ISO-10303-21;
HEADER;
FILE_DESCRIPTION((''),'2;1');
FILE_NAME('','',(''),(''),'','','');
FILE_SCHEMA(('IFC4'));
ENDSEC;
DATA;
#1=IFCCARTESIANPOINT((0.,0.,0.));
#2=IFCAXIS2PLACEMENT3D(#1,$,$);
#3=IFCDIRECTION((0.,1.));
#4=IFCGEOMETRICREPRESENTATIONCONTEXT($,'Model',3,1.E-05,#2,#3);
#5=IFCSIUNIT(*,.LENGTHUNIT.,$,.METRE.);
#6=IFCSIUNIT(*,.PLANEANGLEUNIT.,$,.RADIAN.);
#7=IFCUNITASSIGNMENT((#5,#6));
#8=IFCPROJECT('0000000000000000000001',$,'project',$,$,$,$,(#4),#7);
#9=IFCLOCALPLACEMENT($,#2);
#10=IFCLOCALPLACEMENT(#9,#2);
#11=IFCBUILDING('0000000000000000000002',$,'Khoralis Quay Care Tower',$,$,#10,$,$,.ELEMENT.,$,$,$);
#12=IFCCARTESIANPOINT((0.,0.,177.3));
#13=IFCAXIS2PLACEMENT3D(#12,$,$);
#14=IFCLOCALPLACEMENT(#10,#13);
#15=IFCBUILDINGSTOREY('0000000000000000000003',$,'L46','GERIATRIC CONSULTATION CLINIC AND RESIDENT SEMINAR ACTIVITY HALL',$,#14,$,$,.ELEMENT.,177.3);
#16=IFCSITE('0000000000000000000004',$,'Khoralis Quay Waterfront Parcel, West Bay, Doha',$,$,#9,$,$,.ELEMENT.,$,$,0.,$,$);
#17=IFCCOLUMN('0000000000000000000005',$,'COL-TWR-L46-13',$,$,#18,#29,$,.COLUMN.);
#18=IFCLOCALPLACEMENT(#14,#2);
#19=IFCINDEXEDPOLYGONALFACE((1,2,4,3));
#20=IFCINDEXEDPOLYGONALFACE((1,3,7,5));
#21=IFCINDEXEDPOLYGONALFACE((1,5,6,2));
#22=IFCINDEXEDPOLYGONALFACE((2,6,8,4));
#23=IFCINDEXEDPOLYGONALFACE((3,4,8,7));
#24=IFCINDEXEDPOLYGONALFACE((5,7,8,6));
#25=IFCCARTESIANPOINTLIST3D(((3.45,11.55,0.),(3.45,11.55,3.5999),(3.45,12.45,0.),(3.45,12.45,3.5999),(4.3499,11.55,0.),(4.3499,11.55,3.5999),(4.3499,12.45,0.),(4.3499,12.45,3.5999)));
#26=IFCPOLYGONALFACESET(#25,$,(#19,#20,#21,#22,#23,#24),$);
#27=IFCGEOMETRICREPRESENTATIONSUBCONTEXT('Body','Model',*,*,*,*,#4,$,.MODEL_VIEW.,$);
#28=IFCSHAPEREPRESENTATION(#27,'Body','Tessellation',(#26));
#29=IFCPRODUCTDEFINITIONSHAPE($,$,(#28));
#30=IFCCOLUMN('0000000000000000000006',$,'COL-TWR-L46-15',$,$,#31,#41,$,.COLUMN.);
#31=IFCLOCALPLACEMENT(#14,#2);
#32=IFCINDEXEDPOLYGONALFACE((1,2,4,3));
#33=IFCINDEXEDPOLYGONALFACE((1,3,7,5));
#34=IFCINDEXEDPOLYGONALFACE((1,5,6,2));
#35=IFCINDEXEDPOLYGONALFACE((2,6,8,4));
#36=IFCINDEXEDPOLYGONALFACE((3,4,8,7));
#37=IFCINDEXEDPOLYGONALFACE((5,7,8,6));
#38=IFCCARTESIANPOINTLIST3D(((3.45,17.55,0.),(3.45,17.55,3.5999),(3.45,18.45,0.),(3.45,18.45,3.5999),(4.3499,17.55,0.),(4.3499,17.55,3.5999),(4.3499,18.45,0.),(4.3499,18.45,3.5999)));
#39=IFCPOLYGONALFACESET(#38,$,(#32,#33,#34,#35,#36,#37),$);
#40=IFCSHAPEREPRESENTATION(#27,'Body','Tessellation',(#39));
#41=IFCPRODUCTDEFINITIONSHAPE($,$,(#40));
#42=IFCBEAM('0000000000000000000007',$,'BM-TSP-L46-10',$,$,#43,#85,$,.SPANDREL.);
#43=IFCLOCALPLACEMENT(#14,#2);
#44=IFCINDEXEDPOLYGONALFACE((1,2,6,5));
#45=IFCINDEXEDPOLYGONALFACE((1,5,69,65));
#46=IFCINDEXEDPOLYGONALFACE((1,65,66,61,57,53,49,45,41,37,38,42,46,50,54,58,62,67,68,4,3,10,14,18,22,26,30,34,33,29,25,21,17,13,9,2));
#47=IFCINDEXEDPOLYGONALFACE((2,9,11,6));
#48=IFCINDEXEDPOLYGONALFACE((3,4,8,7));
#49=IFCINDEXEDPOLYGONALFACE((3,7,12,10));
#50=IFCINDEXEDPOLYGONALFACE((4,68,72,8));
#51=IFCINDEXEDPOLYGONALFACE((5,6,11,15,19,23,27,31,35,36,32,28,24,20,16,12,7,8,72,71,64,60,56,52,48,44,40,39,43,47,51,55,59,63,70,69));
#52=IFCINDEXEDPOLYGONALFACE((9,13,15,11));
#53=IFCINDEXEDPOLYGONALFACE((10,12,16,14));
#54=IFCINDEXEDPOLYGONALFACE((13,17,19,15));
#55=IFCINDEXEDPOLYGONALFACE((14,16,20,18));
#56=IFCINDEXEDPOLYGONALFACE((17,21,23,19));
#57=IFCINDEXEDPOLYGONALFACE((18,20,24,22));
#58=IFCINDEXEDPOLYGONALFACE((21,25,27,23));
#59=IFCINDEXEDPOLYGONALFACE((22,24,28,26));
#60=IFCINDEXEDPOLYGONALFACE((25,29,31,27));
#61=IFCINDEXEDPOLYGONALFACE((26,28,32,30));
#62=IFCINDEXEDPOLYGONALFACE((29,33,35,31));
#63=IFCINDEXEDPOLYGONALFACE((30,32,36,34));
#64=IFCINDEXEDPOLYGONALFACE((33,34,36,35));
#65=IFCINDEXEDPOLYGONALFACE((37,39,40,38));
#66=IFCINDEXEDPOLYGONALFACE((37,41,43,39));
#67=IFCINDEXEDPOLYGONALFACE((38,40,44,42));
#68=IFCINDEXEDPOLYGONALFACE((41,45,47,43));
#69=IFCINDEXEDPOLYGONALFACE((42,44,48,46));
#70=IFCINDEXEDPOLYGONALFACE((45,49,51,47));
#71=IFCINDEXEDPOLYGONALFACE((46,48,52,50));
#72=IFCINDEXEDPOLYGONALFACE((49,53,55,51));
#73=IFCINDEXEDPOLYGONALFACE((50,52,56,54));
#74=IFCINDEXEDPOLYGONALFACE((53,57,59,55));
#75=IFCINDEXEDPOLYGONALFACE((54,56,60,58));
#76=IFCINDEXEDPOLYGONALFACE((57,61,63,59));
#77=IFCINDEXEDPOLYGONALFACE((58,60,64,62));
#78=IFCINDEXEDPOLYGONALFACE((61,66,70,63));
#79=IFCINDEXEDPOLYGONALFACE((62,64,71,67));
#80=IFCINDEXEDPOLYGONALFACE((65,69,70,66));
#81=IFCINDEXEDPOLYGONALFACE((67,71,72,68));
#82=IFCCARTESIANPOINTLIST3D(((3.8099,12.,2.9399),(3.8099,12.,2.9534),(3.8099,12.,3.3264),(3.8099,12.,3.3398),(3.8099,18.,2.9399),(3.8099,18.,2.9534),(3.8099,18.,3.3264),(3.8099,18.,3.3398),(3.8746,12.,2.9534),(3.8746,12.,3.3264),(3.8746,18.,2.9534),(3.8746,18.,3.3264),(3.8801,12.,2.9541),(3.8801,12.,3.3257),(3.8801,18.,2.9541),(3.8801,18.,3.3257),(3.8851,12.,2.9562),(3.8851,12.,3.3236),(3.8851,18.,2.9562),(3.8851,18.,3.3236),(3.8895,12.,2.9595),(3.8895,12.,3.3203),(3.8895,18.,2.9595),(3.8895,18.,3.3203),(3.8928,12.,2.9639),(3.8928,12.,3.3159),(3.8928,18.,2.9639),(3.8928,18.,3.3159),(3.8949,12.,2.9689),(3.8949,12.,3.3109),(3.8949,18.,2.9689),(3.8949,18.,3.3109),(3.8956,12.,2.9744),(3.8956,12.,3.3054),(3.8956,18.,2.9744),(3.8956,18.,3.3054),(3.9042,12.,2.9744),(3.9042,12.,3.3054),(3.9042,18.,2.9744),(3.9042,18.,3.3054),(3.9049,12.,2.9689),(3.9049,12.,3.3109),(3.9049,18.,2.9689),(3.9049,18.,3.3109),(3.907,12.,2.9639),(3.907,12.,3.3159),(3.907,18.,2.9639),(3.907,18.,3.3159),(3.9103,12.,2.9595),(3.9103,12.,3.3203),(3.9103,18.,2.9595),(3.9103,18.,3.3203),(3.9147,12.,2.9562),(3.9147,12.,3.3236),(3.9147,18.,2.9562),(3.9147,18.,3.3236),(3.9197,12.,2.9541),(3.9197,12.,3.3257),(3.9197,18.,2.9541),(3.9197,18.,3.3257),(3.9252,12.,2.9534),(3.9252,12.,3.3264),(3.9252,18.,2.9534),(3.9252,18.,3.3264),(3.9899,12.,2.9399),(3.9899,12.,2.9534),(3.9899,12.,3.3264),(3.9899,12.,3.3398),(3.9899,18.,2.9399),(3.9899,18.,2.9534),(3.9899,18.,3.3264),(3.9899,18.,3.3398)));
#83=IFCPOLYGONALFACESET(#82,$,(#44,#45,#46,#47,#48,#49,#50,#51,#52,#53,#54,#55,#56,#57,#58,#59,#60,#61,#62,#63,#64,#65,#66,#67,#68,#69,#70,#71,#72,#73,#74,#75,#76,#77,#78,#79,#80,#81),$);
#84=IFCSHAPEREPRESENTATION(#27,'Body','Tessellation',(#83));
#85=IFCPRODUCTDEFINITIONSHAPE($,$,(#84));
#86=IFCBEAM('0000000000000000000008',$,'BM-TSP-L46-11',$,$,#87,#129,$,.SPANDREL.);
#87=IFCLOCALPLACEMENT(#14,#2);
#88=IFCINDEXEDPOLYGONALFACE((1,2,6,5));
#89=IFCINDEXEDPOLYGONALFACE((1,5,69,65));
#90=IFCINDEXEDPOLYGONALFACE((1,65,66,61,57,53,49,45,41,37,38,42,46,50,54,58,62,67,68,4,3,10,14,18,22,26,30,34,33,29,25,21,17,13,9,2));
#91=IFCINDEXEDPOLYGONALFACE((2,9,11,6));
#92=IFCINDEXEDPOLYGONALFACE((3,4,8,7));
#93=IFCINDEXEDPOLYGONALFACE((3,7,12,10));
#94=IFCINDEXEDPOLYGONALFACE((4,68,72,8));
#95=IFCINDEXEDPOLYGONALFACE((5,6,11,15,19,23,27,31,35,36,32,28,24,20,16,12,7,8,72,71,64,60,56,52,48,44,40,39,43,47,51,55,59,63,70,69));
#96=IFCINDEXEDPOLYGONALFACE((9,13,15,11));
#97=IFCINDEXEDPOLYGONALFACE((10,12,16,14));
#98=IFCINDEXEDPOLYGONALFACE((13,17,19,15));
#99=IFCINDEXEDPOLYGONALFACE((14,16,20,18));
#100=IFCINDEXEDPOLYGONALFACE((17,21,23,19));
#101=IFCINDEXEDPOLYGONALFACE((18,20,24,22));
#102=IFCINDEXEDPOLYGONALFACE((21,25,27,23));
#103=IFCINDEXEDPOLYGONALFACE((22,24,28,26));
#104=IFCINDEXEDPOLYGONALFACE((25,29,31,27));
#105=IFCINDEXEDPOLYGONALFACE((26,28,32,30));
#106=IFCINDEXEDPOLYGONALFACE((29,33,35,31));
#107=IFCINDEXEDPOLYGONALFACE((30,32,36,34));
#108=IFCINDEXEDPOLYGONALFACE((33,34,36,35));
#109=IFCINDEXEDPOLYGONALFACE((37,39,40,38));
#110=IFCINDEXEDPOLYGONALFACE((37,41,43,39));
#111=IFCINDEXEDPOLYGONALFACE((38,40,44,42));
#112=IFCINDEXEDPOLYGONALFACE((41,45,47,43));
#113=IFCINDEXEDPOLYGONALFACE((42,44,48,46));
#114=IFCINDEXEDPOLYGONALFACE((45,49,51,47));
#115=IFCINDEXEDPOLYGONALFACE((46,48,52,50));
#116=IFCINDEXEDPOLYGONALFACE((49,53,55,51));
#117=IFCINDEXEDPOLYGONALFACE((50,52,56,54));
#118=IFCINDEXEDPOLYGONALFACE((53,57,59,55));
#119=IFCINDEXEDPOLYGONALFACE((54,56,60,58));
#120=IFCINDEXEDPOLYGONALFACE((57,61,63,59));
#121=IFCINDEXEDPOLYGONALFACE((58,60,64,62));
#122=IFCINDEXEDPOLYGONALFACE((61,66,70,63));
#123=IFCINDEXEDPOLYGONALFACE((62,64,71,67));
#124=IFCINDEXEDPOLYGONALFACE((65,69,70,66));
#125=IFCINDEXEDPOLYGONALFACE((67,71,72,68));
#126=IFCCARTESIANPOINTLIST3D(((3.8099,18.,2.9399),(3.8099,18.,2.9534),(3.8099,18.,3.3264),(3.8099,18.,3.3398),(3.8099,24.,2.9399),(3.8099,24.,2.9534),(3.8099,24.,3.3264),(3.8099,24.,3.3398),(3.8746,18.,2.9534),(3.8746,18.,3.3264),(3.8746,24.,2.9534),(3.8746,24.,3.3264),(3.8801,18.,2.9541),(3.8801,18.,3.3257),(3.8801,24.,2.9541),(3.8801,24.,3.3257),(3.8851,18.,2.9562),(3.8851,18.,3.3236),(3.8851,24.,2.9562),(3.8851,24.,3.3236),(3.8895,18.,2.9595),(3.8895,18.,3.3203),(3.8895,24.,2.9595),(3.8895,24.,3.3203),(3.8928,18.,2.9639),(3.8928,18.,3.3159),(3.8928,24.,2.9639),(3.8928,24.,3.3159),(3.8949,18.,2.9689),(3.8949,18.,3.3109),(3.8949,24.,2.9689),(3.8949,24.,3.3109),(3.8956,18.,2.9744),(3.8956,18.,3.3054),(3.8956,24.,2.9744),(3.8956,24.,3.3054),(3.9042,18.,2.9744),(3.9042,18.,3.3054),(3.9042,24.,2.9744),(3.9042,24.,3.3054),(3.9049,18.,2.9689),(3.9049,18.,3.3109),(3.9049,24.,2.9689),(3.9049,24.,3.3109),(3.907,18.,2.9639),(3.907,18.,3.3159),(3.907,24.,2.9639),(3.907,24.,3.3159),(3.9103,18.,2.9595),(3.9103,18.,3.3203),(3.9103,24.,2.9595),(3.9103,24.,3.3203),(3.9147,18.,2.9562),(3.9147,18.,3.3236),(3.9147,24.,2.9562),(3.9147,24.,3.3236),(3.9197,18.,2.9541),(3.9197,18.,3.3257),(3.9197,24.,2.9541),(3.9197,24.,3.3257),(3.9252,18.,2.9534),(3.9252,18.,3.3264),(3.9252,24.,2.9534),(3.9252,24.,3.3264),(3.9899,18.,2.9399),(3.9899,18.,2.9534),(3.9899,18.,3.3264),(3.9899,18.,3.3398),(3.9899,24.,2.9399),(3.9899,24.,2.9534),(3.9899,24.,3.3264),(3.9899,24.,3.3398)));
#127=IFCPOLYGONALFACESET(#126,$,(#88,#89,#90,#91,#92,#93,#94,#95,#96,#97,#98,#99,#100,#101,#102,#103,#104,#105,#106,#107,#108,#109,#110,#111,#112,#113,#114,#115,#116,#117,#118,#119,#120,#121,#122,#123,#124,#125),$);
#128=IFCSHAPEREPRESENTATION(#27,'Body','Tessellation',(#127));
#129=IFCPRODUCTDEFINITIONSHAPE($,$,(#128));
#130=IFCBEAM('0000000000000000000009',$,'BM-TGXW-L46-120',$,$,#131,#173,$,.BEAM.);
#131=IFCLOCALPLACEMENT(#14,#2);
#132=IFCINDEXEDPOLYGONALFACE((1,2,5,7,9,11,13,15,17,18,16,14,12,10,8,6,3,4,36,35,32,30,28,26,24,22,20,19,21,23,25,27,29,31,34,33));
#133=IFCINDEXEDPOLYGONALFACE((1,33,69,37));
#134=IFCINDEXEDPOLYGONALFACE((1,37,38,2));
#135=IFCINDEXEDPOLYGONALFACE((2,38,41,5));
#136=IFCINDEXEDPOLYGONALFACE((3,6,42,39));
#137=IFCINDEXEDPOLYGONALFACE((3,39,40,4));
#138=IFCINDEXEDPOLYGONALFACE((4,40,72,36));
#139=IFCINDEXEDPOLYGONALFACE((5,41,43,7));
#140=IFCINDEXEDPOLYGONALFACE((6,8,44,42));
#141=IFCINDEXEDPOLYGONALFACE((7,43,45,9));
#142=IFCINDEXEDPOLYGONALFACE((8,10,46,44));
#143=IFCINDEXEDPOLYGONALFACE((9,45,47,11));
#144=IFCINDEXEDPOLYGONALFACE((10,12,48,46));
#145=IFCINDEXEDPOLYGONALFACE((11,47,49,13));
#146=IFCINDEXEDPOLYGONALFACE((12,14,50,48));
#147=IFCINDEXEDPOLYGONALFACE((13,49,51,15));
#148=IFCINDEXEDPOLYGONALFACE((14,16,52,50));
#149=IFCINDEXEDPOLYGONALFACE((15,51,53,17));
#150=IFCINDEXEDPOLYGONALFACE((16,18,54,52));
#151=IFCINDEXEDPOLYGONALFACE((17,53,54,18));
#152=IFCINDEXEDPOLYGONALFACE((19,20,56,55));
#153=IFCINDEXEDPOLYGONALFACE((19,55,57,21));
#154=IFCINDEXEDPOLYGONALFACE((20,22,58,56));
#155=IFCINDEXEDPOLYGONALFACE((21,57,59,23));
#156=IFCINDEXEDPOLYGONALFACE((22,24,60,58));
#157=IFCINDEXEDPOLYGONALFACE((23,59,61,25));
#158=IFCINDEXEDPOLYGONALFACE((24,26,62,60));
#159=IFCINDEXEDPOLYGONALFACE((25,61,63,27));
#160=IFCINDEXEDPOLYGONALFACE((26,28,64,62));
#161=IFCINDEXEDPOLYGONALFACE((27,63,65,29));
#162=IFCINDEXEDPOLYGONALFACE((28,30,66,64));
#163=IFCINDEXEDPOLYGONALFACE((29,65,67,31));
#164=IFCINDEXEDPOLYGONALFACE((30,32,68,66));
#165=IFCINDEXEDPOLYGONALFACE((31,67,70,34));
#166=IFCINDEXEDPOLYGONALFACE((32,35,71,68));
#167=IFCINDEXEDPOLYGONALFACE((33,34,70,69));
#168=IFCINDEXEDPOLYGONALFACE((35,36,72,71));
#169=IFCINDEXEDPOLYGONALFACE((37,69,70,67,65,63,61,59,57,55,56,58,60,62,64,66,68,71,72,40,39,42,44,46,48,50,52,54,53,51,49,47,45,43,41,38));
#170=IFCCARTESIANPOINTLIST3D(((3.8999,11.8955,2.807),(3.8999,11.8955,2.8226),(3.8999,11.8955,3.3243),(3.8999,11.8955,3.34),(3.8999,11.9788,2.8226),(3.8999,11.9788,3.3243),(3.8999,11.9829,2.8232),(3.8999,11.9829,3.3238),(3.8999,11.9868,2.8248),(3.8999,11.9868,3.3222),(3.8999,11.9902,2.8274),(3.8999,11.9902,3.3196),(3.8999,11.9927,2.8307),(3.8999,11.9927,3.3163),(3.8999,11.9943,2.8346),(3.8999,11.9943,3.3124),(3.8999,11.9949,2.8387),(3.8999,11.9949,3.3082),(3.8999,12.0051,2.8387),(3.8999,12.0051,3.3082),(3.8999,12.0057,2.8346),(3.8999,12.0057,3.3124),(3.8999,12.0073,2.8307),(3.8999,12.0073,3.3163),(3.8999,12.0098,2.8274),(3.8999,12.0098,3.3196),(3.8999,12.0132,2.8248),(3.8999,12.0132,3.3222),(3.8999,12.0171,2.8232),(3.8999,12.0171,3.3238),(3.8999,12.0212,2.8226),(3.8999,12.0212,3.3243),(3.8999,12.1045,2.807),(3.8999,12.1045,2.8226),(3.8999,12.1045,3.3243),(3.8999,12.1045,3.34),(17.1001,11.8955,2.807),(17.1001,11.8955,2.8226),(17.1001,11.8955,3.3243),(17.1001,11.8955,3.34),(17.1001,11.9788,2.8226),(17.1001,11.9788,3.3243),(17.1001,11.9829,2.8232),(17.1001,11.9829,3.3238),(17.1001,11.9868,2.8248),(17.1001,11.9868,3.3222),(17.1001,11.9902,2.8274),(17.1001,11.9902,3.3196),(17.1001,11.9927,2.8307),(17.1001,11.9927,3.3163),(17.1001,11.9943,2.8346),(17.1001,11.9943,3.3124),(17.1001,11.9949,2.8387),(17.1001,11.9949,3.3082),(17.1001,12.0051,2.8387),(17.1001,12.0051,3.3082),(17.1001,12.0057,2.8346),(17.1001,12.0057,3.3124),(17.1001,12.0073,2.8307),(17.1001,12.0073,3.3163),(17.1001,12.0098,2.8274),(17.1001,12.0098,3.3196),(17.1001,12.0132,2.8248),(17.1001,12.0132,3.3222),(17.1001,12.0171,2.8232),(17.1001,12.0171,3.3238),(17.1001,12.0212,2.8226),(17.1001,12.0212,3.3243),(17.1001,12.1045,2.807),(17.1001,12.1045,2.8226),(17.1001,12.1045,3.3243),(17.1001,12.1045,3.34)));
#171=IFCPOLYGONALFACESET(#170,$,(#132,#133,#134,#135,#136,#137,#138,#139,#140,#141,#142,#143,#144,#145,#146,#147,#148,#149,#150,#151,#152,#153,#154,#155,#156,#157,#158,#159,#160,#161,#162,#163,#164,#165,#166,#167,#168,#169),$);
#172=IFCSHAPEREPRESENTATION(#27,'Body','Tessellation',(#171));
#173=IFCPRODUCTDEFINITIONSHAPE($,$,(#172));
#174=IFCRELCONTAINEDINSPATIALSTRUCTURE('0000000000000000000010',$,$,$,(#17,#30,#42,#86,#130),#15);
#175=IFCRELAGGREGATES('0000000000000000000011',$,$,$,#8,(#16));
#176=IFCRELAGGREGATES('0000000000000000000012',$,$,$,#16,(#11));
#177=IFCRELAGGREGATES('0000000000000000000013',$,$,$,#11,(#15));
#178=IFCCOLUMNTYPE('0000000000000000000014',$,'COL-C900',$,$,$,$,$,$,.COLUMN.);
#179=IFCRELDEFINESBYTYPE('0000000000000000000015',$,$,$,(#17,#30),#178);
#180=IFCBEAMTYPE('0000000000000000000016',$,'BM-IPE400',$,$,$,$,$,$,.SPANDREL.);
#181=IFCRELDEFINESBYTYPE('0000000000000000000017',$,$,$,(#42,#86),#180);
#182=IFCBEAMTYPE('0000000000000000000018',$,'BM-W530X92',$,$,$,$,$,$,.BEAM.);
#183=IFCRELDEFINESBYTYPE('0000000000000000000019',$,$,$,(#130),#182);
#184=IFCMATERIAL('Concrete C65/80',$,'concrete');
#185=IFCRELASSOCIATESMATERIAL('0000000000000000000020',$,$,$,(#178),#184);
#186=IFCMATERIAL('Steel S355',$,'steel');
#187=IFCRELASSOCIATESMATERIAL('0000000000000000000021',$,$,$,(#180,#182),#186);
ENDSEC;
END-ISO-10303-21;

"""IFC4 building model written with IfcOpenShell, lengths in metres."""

from ifc_helpers import new_model, si_unit, direction, frame, origin, origin_2d, place, context, subcontext, project, spatial, rectangle, i_section, extrude, source, transform, mapped, material, material_profile, profile_set, type_object, element, save


model = new_model("IFC4")

# Units and contexts
model_context = context("Model", 3, precision=1e-05, world=origin(), true_north=direction((0.0, 1.0)))
body_context = subcontext(model_context, "Body", "Model", "MODEL_VIEW")
ifc_project = project(units=[si_unit("LENGTHUNIT", "METRE"), si_unit("PLANEANGLEUNIT", "RADIAN")], contexts=[model_context])

# Site, building, storey
site_placement = place(None, origin())
site = spatial("IfcSite", under=ifc_project, at=site_placement, Name="Khoralis Quay Waterfront Parcel, West Bay, Doha", CompositionType="ELEMENT", RefElevation=0.0)
building_placement = place(site_placement, origin())
building = spatial("IfcBuilding", under=site, at=building_placement, Name="Khoralis Quay Care Tower", CompositionType="ELEMENT")
storey_placement = place(building_placement, frame((0.0, 0.0, 177.3)))
storey = spatial("IfcBuildingStorey", under=building, at=storey_placement, Name="L46", Description="GERIATRIC CONSULTATION CLINIC AND RESIDENT SEMINAR ACTIVITY HALL", CompositionType="ELEMENT", Elevation=177.3)

# Columns
ifc_material_1 = material(Name="Concrete C65/80", Category="concrete")
ifc_material_profile_1 = material_profile(ifc_material_1, rectangle(XDim=0.8999, YDim=0.8999, at=origin_2d()), Name="Concrete C65/80")
ifc_profile_set_1 = profile_set([ifc_material_profile_1], Name="Concrete C65/80")
column_type = type_object("IfcColumnType", Name="COL-C900", PredefinedType="COLUMN", material=ifc_profile_set_1)
shared_shape_1 = source(origin(), body_context, "Body", "SweptSolid", [
    extrude(rectangle(XDim=0.8999, YDim=0.8999, at=origin_2d()), origin(), (0.0, 0.0, 1.0), 3.5999),
])
for number, where, z_axis, x_axis, name in (
    (1, (3.8999, 12.0, 0.0), (0.0, 0.0, 1.0), (1.0, 0.0, 0.0), "COL-TWR-L46-13"),
    (2, (3.8999, 18.0, 0.0), (0.0, 0.0, 1.0), (1.0, 0.0, 0.0), "COL-TWR-L46-15"),
):
    element("IfcColumn", number, at=place(storey_placement, frame(where, z_axis=z_axis, x_axis=x_axis)), inside=storey, type_object=column_type, Name=name, PredefinedType="COLUMN", context=body_context, shape_type="MappedRepresentation", body=[
        mapped(shared_shape_1, transform((0.0, 0.0, 0.0), scale=1.0)),
    ])

# Beams
ifc_material_2 = material(Name="Steel S355", Category="steel")
ifc_material_profile_2 = material_profile(ifc_material_2, i_section(OverallWidth=0.1799, OverallDepth=0.3999, WebThickness=0.0085, FlangeThickness=0.0134, FilletRadius=0.021, at=origin_2d()), Name="Steel S355")
ifc_profile_set_2 = profile_set([ifc_material_profile_2], Name="Steel S355")
beam_type_1 = type_object("IfcBeamType", Name="BM-IPE400", PredefinedType="SPANDREL", material=ifc_profile_set_2)
shared_shape_2 = source(origin(), body_context, "Body", "SweptSolid", [
    extrude(i_section(OverallWidth=0.1799, OverallDepth=0.3999, WebThickness=0.0085, FlangeThickness=0.0134, FilletRadius=0.021, at=origin_2d()), origin(), (0.0, 0.0, 1.0), 6.0),
])
for number, where, z_axis, x_axis, name in (
    (3, (3.8999, 12.0, 3.1399), (0.0, 1.0, 0.0), (-1.0, 0.0, 0.0), "BM-TSP-L46-10"),
    (4, (3.8999, 18.0, 3.1399), (0.0, 1.0, 0.0), (-1.0, 0.0, 0.0), "BM-TSP-L46-11"),
):
    element("IfcBeam", number, at=place(storey_placement, frame(where, z_axis=z_axis, x_axis=x_axis)), inside=storey, type_object=beam_type_1, Name=name, PredefinedType="SPANDREL", context=body_context, shape_type="MappedRepresentation", body=[
        mapped(shared_shape_2, transform((0.0, 0.0, 0.0), scale=1.0)),
    ])
ifc_material_profile_3 = material_profile(ifc_material_2, i_section(OverallWidth=0.209, OverallDepth=0.533, WebThickness=0.0103, FlangeThickness=0.0156, FilletRadius=0.0161, at=origin_2d()), Name="Steel S355")
ifc_profile_set_3 = profile_set([ifc_material_profile_3], Name="Steel S355")
beam_type_2 = type_object("IfcBeamType", Name="BM-W530X92", PredefinedType="BEAM", material=ifc_profile_set_3)
shared_shape_3 = source(origin(), body_context, "Body", "SweptSolid", [
    extrude(i_section(OverallWidth=0.209, OverallDepth=0.533, WebThickness=0.0103, FlangeThickness=0.0156, FilletRadius=0.0161, at=origin_2d()), origin(), (0.0, 0.0, 1.0), 13.2002),
])
beam_1_placement = place(storey_placement, frame((3.8999, 12.0, 3.0735), z_axis=(1.0, 0.0, 0.0), x_axis=(0.0, 1.0, 0.0)))
element("IfcBeam", 5, at=beam_1_placement, inside=storey, type_object=beam_type_2, Name="BM-TGXW-L46-120", PredefinedType="BEAM", context=body_context, shape_type="MappedRepresentation", body=[
    mapped(shared_shape_3, transform((0.0, 0.0, 0.0), scale=1.0)),
])

save(model, "model.ifc")
